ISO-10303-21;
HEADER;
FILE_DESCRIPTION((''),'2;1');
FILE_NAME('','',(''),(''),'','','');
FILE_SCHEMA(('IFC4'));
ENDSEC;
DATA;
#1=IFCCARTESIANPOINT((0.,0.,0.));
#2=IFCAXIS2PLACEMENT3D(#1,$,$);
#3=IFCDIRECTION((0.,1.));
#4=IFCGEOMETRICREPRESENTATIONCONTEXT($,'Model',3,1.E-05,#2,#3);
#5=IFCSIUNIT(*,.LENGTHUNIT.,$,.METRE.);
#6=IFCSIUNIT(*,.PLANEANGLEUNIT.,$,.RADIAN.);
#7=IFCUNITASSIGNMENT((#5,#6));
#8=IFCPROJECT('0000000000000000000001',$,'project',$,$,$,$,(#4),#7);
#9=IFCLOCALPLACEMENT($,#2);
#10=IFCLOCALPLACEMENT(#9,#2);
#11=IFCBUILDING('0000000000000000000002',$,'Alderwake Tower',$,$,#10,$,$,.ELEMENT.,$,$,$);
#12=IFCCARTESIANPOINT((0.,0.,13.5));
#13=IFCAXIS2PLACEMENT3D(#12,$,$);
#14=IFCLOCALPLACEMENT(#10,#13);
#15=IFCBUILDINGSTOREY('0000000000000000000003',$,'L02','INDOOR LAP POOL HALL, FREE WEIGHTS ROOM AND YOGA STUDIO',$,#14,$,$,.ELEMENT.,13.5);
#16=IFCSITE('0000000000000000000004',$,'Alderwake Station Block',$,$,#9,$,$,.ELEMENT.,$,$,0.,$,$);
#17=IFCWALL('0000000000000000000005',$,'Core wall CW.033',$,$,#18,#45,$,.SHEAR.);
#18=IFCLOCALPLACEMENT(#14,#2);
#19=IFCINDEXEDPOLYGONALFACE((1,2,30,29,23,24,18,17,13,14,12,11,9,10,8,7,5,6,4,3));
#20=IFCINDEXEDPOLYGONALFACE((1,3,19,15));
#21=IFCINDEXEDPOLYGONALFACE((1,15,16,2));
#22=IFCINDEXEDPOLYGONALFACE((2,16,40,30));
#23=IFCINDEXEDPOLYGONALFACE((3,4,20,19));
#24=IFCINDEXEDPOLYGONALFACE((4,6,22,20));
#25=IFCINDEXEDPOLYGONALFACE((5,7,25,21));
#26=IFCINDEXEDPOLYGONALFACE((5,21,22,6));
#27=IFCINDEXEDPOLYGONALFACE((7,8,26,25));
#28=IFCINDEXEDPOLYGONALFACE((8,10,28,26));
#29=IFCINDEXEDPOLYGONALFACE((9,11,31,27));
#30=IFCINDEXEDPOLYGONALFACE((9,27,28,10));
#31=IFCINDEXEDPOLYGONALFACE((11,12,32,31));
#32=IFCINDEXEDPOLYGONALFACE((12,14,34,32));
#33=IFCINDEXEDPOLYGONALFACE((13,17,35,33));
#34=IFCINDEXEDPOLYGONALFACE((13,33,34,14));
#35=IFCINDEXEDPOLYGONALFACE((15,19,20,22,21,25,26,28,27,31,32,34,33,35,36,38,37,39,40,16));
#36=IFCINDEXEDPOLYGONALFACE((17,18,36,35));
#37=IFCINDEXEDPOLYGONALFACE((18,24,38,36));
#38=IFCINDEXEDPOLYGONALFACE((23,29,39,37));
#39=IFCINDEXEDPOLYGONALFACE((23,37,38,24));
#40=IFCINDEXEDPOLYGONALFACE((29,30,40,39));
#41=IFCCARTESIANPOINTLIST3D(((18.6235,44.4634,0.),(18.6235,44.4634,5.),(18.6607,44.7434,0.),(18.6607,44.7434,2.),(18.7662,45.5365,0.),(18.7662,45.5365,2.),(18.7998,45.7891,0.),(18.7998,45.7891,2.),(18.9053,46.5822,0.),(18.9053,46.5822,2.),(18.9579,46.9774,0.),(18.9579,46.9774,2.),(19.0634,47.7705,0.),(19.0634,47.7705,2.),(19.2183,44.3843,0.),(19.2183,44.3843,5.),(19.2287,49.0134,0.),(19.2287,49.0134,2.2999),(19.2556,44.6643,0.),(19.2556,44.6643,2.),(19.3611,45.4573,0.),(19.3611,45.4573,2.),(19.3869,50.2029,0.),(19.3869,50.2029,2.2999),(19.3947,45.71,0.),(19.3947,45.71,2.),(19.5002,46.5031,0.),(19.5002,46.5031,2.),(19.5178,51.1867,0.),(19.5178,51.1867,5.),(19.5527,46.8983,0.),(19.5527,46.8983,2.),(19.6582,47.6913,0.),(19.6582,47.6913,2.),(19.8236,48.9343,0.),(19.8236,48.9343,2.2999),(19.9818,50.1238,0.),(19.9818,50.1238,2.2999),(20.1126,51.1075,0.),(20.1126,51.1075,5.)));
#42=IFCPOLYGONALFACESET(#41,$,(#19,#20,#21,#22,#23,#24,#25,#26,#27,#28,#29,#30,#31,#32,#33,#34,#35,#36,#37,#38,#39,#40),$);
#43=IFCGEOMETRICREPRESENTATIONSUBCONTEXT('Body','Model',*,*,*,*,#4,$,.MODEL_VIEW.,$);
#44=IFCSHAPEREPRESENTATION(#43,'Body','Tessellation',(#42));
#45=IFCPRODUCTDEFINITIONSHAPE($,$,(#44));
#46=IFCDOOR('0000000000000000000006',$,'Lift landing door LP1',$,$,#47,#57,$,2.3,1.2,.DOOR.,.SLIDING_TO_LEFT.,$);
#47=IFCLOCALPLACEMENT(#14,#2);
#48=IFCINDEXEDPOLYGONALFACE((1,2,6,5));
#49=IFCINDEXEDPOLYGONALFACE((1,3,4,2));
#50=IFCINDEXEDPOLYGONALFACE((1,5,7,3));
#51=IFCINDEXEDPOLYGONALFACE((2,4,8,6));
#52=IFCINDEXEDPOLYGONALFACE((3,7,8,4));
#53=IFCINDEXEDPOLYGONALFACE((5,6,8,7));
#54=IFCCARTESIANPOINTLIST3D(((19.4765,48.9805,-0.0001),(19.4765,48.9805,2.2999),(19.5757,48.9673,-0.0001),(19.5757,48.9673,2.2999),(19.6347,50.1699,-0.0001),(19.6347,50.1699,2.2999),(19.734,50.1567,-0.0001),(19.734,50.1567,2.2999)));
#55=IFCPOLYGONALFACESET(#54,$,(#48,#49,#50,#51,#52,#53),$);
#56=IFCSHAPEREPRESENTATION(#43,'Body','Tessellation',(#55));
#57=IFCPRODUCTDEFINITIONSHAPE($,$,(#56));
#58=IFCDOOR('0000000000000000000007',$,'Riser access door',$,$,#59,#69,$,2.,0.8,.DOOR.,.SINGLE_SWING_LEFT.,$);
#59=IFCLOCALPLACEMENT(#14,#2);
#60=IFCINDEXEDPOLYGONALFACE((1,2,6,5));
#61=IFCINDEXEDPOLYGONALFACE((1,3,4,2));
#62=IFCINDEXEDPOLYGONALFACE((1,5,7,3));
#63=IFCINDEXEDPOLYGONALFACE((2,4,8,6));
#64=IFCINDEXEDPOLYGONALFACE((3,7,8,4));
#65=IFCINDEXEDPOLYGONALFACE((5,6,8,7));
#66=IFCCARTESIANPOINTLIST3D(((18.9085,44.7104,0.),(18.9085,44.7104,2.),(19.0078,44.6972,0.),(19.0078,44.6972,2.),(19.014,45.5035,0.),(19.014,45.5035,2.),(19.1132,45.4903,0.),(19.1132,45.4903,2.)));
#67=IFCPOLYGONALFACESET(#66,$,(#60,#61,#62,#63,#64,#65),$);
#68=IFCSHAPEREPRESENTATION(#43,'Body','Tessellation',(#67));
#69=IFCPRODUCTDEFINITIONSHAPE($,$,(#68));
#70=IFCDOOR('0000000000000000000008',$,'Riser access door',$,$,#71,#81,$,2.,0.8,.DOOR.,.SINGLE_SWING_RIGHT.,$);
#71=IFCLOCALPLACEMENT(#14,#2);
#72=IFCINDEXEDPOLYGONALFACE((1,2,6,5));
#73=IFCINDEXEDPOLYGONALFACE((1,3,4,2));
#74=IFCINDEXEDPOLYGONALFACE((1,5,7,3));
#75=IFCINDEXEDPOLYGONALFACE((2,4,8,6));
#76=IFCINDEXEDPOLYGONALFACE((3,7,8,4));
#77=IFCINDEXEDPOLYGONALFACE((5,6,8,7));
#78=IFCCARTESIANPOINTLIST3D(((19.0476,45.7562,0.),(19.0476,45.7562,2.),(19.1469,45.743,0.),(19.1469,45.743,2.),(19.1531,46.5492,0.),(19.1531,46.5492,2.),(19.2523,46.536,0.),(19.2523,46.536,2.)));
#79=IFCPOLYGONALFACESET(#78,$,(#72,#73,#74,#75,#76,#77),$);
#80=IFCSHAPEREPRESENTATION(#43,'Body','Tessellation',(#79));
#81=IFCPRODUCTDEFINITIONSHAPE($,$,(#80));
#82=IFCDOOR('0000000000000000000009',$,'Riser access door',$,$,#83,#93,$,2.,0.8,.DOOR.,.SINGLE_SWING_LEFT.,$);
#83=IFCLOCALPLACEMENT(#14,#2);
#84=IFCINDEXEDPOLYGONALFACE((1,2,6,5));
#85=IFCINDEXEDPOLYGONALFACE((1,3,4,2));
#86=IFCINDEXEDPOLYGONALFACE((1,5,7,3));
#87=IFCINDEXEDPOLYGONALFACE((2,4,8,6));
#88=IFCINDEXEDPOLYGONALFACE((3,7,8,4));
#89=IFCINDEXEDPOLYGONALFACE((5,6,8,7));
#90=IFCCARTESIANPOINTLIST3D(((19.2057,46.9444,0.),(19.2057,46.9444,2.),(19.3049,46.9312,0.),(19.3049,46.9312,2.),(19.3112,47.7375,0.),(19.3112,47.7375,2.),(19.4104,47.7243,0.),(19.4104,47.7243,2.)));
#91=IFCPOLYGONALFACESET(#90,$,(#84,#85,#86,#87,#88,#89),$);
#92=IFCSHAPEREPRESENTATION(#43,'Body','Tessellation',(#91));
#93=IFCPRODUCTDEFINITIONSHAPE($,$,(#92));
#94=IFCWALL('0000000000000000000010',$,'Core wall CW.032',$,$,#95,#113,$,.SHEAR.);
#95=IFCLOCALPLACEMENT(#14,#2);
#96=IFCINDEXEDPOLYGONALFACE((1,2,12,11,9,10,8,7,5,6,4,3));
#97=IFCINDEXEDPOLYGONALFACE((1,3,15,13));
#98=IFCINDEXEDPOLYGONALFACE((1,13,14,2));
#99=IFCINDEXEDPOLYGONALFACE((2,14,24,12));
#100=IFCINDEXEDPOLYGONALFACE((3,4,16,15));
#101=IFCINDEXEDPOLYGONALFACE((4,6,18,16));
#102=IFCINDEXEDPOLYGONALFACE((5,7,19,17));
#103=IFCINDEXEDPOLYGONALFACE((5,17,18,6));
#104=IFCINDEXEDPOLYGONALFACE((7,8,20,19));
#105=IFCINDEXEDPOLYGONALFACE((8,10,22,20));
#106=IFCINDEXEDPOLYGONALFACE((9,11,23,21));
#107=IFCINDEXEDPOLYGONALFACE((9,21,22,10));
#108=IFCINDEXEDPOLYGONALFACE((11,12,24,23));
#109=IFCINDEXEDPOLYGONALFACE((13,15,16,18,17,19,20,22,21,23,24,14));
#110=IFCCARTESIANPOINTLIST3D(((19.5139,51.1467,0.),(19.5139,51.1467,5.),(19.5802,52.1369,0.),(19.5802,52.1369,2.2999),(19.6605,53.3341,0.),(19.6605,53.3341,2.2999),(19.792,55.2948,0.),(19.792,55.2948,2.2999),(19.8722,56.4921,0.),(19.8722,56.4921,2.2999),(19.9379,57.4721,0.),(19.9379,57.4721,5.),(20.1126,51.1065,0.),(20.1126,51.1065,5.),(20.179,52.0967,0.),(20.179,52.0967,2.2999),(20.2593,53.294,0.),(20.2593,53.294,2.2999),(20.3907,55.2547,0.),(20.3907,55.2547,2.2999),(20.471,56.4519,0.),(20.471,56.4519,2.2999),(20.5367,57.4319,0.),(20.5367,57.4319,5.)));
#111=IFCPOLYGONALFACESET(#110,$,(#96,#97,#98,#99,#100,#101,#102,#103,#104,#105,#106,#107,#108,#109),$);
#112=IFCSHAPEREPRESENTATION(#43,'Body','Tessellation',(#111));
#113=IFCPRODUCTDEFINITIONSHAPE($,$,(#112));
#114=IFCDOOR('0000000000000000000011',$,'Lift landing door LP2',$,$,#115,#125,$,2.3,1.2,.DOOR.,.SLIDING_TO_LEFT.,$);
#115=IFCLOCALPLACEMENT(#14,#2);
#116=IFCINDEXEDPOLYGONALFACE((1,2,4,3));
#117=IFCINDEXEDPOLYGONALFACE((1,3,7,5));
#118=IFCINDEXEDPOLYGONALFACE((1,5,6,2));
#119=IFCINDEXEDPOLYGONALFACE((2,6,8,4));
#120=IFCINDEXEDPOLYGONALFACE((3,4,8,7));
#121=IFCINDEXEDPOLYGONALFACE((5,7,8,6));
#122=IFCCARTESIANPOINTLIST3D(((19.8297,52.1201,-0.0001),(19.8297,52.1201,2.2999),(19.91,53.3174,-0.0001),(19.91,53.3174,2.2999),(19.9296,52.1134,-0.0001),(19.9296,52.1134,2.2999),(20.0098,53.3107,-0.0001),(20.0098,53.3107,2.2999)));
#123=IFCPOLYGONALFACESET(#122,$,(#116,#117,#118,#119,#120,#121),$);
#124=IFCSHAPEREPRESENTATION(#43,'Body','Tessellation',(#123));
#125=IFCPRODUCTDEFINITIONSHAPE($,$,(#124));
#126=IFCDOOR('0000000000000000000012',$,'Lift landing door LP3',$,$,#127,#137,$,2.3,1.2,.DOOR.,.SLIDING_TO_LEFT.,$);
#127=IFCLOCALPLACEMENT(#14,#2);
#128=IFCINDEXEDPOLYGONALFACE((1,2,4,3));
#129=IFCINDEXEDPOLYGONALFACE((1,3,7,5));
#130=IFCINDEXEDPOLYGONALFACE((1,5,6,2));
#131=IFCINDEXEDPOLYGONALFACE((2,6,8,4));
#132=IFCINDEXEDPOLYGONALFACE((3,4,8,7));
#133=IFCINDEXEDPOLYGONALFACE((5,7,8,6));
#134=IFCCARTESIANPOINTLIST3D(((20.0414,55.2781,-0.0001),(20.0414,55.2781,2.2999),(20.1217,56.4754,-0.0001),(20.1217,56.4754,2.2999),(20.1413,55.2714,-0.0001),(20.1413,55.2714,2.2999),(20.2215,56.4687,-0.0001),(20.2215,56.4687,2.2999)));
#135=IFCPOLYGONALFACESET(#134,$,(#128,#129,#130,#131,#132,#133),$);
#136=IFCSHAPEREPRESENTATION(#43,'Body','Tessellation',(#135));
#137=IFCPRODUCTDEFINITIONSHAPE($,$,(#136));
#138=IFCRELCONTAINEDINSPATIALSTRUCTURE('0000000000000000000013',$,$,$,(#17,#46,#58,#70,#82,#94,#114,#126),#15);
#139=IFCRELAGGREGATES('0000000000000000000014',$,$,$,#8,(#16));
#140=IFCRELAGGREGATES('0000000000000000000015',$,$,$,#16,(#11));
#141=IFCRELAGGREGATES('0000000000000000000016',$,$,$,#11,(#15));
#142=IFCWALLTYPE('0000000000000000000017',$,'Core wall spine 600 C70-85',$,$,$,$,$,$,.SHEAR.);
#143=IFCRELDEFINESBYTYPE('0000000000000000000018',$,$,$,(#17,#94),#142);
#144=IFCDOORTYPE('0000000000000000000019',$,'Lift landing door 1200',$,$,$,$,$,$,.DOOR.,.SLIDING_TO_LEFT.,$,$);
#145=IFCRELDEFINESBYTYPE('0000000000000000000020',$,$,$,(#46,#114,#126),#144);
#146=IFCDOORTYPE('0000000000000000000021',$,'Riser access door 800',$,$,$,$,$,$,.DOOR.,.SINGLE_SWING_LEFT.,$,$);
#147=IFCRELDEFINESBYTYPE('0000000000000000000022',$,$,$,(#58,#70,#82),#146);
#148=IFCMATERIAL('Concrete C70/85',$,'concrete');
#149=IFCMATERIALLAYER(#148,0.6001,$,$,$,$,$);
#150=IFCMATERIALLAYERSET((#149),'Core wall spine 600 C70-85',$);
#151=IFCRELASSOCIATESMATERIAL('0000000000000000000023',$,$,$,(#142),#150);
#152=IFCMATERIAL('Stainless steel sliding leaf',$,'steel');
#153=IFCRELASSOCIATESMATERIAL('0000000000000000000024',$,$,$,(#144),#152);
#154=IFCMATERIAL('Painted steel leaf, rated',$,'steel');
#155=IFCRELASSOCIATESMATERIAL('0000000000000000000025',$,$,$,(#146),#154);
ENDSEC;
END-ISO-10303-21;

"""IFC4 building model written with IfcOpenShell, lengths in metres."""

from ifc_helpers import new_model, si_unit, direction, frame, frame_2d, origin, place, context, subcontext, project, spatial, rectangle, extrude, material, layer, layer_set, type_object, element, fill, save


model = new_model("IFC4")

# Units and contexts
model_context = context("Model", 3, precision=1e-05, world=origin(), true_north=direction((0.0, 1.0)))
body_context = subcontext(model_context, "Body", "Model", "MODEL_VIEW")
ifc_project = project(units=[si_unit("LENGTHUNIT", "METRE"), si_unit("PLANEANGLEUNIT", "RADIAN")], contexts=[model_context])

# Site, building, storey
site_placement = place(None, origin())
site = spatial("IfcSite", under=ifc_project, at=site_placement, Name="Alderwake Station Block", CompositionType="ELEMENT", RefElevation=0.0)
building_placement = place(site_placement, origin())
building = spatial("IfcBuilding", under=site, at=building_placement, Name="Alderwake Tower", CompositionType="ELEMENT")
storey_placement = place(building_placement, frame((0.0, 0.0, 13.5)))
storey = spatial("IfcBuildingStorey", under=building, at=storey_placement, Name="L02", Description="INDOOR LAP POOL HALL, FREE WEIGHTS ROOM AND YOGA STUDIO", CompositionType="ELEMENT", Elevation=13.5)

# Walls, openings, doors
ifc_material_1 = material(Name="Concrete C70/85", Category="concrete")
ifc_layer_1 = layer(ifc_material_1, 0.6001)
ifc_layer_set_1 = layer_set([ifc_layer_1], Name="Core wall spine 600 C70-85")
wall_type_1 = type_object("IfcWallType", Name="Core wall spine 600 C70-85", PredefinedType="SHEAR", material=ifc_layer_set_1)
wall_1_placement = place(storey_placement, frame((19.8152, 51.147, 0.0), z_axis=(0.0, 0.0, 1.0), x_axis=(-0.131855, -0.991269, 0.0)))
wall_1 = element("IfcWall", 1, at=wall_1_placement, inside=storey, type_object=wall_type_1, Name="Core wall CW.033", PredefinedType="SHEAR", context=body_context, shape_type="SweptSolid", body=[
    extrude(rectangle(XDim=6.7825, YDim=0.6001, at=frame_2d((3.3911, 0.0))), origin(), (0.0, 0.0, 1.0), 5.0),
])
opening_1_placement = place(wall_1_placement, frame((0.9922, 0.0, 0.0)))
opening_1 = element("IfcOpeningElement", 2, at=opening_1_placement, cuts=wall_1, PredefinedType="OPENING", context=body_context, shape_type="SweptSolid", body=[
    extrude(rectangle(XDim=1.2, YDim=2.3, at=frame_2d((0.6001, 1.1499))), frame((0.0, 0.3101, 0.0), z_axis=(0.0, -1.0, 0.0), x_axis=(1.0, 0.0, 0.0)), (0.0, 0.0, 1.0), 0.6201),
])
opening_2_placement = place(wall_1_placement, frame((5.7, 0.0, 0.0)))
opening_2 = element("IfcOpeningElement", 3, at=opening_2_placement, cuts=wall_1, PredefinedType="OPENING", context=body_context, shape_type="SweptSolid", body=[
    extrude(rectangle(XDim=0.8, YDim=2.0, at=frame_2d((0.3999, 1.0))), frame((0.0, 0.3101, 0.0), z_axis=(0.0, -1.0, 0.0), x_axis=(1.0, 0.0, 0.0)), (0.0, 0.0, 1.0), 0.6201),
])
opening_3_placement = place(wall_1_placement, frame((4.645, 0.0, 0.0)))
opening_3 = element("IfcOpeningElement", 4, at=opening_3_placement, cuts=wall_1, PredefinedType="OPENING", context=body_context, shape_type="SweptSolid", body=[
    extrude(rectangle(XDim=0.8, YDim=2.0, at=frame_2d((0.3999, 1.0))), frame((0.0, 0.3101, 0.0), z_axis=(0.0, -1.0, 0.0), x_axis=(1.0, 0.0, 0.0)), (0.0, 0.0, 1.0), 0.6201),
])
opening_4_placement = place(wall_1_placement, frame((3.4463, 0.0, 0.0)))
opening_4 = element("IfcOpeningElement", 5, at=opening_4_placement, cuts=wall_1, PredefinedType="OPENING", context=body_context, shape_type="SweptSolid", body=[
    extrude(rectangle(XDim=0.8, YDim=2.0, at=frame_2d((0.3999, 1.0))), frame((0.0, 0.3101, 0.0), z_axis=(0.0, -1.0, 0.0), x_axis=(1.0, 0.0, 0.0)), (0.0, 0.0, 1.0), 0.6201),
])
ifc_material_2 = material(Name="Stainless steel sliding leaf", Category="steel")
door_type_1 = type_object("IfcDoorType", Name="Lift landing door 1200", OperationType="SLIDING_TO_LEFT", PredefinedType="DOOR", material=ifc_material_2)
door_1_placement = place(opening_1_placement, origin())
door_1 = element("IfcDoor", 6, at=door_1_placement, inside=storey, type_object=door_type_1, Name="Lift landing door LP1", OperationType="SLIDING_TO_LEFT", OverallHeight=2.3, OverallWidth=1.2, PredefinedType="DOOR", context=body_context, shape_type="SweptSolid", body=[
    extrude(rectangle(XDim=1.2, YDim=2.3, at=frame_2d((0.6001, 1.1499))), frame((0.0, 0.05, 0.0), z_axis=(0.0, -1.0, 0.0), x_axis=(1.0, 0.0, 0.0)), (0.0, 0.0, 1.0), 0.1001),
])
fill(opening_1, door_1)
ifc_material_3 = material(Name="Painted steel leaf, rated", Category="steel")
door_type_2 = type_object("IfcDoorType", Name="Riser access door 800", OperationType="SINGLE_SWING_LEFT", PredefinedType="DOOR", material=ifc_material_3)
door_2_placement = place(opening_2_placement, origin())
door_2 = element("IfcDoor", 7, at=door_2_placement, inside=storey, type_object=door_type_2, Name="Riser access door", OperationType="SINGLE_SWING_LEFT", OverallHeight=2.0, OverallWidth=0.8, PredefinedType="DOOR", context=body_context, shape_type="SweptSolid", body=[
    extrude(rectangle(XDim=0.8, YDim=2.0, at=frame_2d((0.3999, 1.0))), frame((0.0, 0.05, 0.0), z_axis=(0.0, -1.0, 0.0), x_axis=(1.0, 0.0, 0.0)), (0.0, 0.0, 1.0), 0.1001),
])
fill(opening_2, door_2)
door_3_placement = place(opening_3_placement, origin())
door_3 = element("IfcDoor", 8, at=door_3_placement, inside=storey, type_object=door_type_2, Name="Riser access door", OperationType="SINGLE_SWING_RIGHT", OverallHeight=2.0, OverallWidth=0.8, PredefinedType="DOOR", context=body_context, shape_type="SweptSolid", body=[
    extrude(rectangle(XDim=0.8, YDim=2.0, at=frame_2d((0.3999, 1.0))), frame((0.0, 0.05, 0.0), z_axis=(0.0, -1.0, 0.0), x_axis=(1.0, 0.0, 0.0)), (0.0, 0.0, 1.0), 0.1001),
])
fill(opening_3, door_3)
door_4_placement = place(opening_4_placement, origin())
door_4 = element("IfcDoor", 9, at=door_4_placement, inside=storey, type_object=door_type_2, Name="Riser access door", OperationType="SINGLE_SWING_LEFT", OverallHeight=2.0, OverallWidth=0.8, PredefinedType="DOOR", context=body_context, shape_type="SweptSolid", body=[
    extrude(rectangle(XDim=0.8, YDim=2.0, at=frame_2d((0.3999, 1.0))), frame((0.0, 0.05, 0.0), z_axis=(0.0, -1.0, 0.0), x_axis=(1.0, 0.0, 0.0)), (0.0, 0.0, 1.0), 0.1001),
])
fill(opening_4, door_4)
wall_2_placement = place(storey_placement, frame((19.8132, 51.1265, 0.0), z_axis=(0.0, 0.0, 1.0), x_axis=(0.066892, 0.99776, 0.0)))
wall_2 = element("IfcWall", 10, at=wall_2_placement, inside=storey, type_object=wall_type_1, Name="Core wall CW.032", PredefinedType="SHEAR", context=body_context, shape_type="SweptSolid", body=[
    extrude(rectangle(XDim=6.3396, YDim=0.6001, at=frame_2d((3.1699, 0.0))), origin(), (0.0, 0.0, 1.0), 5.0),
])
opening_5_placement = place(wall_2_placement, frame((0.9924, 0.0, 0.0)))
opening_5 = element("IfcOpeningElement", 11, at=opening_5_placement, cuts=wall_2, PredefinedType="OPENING", context=body_context, shape_type="SweptSolid", body=[
    extrude(rectangle(XDim=1.2, YDim=2.3, at=frame_2d((0.6001, 1.1499))), frame((0.0, 0.3101, 0.0), z_axis=(0.0, -1.0, 0.0), x_axis=(1.0, 0.0, 0.0)), (0.0, 0.0, 1.0), 0.6201),
])
opening_6_placement = place(wall_2_placement, frame((4.1575, 0.0, 0.0)))
opening_6 = element("IfcOpeningElement", 12, at=opening_6_placement, cuts=wall_2, PredefinedType="OPENING", context=body_context, shape_type="SweptSolid", body=[
    extrude(rectangle(XDim=1.2, YDim=2.3, at=frame_2d((0.6001, 1.1499))), frame((0.0, 0.3101, 0.0), z_axis=(0.0, -1.0, 0.0), x_axis=(1.0, 0.0, 0.0)), (0.0, 0.0, 1.0), 0.6201),
])
door_5_placement = place(opening_5_placement, origin())
door_5 = element("IfcDoor", 13, at=door_5_placement, inside=storey, type_object=door_type_1, Name="Lift landing door LP2", OperationType="SLIDING_TO_LEFT", OverallHeight=2.3, OverallWidth=1.2, PredefinedType="DOOR", context=body_context, shape_type="SweptSolid", body=[
    extrude(rectangle(XDim=1.2, YDim=2.3, at=frame_2d((0.6001, 1.1499))), frame((0.0, 0.05, 0.0), z_axis=(0.0, -1.0, 0.0), x_axis=(1.0, 0.0, 0.0)), (0.0, 0.0, 1.0), 0.1001),
])
fill(opening_5, door_5)
door_6_placement = place(opening_6_placement, origin())
door_6 = element("IfcDoor", 14, at=door_6_placement, inside=storey, type_object=door_type_1, Name="Lift landing door LP3", OperationType="SLIDING_TO_LEFT", OverallHeight=2.3, OverallWidth=1.2, PredefinedType="DOOR", context=body_context, shape_type="SweptSolid", body=[
    extrude(rectangle(XDim=1.2, YDim=2.3, at=frame_2d((0.6001, 1.1499))), frame((0.0, 0.05, 0.0), z_axis=(0.0, -1.0, 0.0), x_axis=(1.0, 0.0, 0.0)), (0.0, 0.0, 1.0), 0.1001),
])
fill(opening_6, door_6)

save(model, "model.ifc")
